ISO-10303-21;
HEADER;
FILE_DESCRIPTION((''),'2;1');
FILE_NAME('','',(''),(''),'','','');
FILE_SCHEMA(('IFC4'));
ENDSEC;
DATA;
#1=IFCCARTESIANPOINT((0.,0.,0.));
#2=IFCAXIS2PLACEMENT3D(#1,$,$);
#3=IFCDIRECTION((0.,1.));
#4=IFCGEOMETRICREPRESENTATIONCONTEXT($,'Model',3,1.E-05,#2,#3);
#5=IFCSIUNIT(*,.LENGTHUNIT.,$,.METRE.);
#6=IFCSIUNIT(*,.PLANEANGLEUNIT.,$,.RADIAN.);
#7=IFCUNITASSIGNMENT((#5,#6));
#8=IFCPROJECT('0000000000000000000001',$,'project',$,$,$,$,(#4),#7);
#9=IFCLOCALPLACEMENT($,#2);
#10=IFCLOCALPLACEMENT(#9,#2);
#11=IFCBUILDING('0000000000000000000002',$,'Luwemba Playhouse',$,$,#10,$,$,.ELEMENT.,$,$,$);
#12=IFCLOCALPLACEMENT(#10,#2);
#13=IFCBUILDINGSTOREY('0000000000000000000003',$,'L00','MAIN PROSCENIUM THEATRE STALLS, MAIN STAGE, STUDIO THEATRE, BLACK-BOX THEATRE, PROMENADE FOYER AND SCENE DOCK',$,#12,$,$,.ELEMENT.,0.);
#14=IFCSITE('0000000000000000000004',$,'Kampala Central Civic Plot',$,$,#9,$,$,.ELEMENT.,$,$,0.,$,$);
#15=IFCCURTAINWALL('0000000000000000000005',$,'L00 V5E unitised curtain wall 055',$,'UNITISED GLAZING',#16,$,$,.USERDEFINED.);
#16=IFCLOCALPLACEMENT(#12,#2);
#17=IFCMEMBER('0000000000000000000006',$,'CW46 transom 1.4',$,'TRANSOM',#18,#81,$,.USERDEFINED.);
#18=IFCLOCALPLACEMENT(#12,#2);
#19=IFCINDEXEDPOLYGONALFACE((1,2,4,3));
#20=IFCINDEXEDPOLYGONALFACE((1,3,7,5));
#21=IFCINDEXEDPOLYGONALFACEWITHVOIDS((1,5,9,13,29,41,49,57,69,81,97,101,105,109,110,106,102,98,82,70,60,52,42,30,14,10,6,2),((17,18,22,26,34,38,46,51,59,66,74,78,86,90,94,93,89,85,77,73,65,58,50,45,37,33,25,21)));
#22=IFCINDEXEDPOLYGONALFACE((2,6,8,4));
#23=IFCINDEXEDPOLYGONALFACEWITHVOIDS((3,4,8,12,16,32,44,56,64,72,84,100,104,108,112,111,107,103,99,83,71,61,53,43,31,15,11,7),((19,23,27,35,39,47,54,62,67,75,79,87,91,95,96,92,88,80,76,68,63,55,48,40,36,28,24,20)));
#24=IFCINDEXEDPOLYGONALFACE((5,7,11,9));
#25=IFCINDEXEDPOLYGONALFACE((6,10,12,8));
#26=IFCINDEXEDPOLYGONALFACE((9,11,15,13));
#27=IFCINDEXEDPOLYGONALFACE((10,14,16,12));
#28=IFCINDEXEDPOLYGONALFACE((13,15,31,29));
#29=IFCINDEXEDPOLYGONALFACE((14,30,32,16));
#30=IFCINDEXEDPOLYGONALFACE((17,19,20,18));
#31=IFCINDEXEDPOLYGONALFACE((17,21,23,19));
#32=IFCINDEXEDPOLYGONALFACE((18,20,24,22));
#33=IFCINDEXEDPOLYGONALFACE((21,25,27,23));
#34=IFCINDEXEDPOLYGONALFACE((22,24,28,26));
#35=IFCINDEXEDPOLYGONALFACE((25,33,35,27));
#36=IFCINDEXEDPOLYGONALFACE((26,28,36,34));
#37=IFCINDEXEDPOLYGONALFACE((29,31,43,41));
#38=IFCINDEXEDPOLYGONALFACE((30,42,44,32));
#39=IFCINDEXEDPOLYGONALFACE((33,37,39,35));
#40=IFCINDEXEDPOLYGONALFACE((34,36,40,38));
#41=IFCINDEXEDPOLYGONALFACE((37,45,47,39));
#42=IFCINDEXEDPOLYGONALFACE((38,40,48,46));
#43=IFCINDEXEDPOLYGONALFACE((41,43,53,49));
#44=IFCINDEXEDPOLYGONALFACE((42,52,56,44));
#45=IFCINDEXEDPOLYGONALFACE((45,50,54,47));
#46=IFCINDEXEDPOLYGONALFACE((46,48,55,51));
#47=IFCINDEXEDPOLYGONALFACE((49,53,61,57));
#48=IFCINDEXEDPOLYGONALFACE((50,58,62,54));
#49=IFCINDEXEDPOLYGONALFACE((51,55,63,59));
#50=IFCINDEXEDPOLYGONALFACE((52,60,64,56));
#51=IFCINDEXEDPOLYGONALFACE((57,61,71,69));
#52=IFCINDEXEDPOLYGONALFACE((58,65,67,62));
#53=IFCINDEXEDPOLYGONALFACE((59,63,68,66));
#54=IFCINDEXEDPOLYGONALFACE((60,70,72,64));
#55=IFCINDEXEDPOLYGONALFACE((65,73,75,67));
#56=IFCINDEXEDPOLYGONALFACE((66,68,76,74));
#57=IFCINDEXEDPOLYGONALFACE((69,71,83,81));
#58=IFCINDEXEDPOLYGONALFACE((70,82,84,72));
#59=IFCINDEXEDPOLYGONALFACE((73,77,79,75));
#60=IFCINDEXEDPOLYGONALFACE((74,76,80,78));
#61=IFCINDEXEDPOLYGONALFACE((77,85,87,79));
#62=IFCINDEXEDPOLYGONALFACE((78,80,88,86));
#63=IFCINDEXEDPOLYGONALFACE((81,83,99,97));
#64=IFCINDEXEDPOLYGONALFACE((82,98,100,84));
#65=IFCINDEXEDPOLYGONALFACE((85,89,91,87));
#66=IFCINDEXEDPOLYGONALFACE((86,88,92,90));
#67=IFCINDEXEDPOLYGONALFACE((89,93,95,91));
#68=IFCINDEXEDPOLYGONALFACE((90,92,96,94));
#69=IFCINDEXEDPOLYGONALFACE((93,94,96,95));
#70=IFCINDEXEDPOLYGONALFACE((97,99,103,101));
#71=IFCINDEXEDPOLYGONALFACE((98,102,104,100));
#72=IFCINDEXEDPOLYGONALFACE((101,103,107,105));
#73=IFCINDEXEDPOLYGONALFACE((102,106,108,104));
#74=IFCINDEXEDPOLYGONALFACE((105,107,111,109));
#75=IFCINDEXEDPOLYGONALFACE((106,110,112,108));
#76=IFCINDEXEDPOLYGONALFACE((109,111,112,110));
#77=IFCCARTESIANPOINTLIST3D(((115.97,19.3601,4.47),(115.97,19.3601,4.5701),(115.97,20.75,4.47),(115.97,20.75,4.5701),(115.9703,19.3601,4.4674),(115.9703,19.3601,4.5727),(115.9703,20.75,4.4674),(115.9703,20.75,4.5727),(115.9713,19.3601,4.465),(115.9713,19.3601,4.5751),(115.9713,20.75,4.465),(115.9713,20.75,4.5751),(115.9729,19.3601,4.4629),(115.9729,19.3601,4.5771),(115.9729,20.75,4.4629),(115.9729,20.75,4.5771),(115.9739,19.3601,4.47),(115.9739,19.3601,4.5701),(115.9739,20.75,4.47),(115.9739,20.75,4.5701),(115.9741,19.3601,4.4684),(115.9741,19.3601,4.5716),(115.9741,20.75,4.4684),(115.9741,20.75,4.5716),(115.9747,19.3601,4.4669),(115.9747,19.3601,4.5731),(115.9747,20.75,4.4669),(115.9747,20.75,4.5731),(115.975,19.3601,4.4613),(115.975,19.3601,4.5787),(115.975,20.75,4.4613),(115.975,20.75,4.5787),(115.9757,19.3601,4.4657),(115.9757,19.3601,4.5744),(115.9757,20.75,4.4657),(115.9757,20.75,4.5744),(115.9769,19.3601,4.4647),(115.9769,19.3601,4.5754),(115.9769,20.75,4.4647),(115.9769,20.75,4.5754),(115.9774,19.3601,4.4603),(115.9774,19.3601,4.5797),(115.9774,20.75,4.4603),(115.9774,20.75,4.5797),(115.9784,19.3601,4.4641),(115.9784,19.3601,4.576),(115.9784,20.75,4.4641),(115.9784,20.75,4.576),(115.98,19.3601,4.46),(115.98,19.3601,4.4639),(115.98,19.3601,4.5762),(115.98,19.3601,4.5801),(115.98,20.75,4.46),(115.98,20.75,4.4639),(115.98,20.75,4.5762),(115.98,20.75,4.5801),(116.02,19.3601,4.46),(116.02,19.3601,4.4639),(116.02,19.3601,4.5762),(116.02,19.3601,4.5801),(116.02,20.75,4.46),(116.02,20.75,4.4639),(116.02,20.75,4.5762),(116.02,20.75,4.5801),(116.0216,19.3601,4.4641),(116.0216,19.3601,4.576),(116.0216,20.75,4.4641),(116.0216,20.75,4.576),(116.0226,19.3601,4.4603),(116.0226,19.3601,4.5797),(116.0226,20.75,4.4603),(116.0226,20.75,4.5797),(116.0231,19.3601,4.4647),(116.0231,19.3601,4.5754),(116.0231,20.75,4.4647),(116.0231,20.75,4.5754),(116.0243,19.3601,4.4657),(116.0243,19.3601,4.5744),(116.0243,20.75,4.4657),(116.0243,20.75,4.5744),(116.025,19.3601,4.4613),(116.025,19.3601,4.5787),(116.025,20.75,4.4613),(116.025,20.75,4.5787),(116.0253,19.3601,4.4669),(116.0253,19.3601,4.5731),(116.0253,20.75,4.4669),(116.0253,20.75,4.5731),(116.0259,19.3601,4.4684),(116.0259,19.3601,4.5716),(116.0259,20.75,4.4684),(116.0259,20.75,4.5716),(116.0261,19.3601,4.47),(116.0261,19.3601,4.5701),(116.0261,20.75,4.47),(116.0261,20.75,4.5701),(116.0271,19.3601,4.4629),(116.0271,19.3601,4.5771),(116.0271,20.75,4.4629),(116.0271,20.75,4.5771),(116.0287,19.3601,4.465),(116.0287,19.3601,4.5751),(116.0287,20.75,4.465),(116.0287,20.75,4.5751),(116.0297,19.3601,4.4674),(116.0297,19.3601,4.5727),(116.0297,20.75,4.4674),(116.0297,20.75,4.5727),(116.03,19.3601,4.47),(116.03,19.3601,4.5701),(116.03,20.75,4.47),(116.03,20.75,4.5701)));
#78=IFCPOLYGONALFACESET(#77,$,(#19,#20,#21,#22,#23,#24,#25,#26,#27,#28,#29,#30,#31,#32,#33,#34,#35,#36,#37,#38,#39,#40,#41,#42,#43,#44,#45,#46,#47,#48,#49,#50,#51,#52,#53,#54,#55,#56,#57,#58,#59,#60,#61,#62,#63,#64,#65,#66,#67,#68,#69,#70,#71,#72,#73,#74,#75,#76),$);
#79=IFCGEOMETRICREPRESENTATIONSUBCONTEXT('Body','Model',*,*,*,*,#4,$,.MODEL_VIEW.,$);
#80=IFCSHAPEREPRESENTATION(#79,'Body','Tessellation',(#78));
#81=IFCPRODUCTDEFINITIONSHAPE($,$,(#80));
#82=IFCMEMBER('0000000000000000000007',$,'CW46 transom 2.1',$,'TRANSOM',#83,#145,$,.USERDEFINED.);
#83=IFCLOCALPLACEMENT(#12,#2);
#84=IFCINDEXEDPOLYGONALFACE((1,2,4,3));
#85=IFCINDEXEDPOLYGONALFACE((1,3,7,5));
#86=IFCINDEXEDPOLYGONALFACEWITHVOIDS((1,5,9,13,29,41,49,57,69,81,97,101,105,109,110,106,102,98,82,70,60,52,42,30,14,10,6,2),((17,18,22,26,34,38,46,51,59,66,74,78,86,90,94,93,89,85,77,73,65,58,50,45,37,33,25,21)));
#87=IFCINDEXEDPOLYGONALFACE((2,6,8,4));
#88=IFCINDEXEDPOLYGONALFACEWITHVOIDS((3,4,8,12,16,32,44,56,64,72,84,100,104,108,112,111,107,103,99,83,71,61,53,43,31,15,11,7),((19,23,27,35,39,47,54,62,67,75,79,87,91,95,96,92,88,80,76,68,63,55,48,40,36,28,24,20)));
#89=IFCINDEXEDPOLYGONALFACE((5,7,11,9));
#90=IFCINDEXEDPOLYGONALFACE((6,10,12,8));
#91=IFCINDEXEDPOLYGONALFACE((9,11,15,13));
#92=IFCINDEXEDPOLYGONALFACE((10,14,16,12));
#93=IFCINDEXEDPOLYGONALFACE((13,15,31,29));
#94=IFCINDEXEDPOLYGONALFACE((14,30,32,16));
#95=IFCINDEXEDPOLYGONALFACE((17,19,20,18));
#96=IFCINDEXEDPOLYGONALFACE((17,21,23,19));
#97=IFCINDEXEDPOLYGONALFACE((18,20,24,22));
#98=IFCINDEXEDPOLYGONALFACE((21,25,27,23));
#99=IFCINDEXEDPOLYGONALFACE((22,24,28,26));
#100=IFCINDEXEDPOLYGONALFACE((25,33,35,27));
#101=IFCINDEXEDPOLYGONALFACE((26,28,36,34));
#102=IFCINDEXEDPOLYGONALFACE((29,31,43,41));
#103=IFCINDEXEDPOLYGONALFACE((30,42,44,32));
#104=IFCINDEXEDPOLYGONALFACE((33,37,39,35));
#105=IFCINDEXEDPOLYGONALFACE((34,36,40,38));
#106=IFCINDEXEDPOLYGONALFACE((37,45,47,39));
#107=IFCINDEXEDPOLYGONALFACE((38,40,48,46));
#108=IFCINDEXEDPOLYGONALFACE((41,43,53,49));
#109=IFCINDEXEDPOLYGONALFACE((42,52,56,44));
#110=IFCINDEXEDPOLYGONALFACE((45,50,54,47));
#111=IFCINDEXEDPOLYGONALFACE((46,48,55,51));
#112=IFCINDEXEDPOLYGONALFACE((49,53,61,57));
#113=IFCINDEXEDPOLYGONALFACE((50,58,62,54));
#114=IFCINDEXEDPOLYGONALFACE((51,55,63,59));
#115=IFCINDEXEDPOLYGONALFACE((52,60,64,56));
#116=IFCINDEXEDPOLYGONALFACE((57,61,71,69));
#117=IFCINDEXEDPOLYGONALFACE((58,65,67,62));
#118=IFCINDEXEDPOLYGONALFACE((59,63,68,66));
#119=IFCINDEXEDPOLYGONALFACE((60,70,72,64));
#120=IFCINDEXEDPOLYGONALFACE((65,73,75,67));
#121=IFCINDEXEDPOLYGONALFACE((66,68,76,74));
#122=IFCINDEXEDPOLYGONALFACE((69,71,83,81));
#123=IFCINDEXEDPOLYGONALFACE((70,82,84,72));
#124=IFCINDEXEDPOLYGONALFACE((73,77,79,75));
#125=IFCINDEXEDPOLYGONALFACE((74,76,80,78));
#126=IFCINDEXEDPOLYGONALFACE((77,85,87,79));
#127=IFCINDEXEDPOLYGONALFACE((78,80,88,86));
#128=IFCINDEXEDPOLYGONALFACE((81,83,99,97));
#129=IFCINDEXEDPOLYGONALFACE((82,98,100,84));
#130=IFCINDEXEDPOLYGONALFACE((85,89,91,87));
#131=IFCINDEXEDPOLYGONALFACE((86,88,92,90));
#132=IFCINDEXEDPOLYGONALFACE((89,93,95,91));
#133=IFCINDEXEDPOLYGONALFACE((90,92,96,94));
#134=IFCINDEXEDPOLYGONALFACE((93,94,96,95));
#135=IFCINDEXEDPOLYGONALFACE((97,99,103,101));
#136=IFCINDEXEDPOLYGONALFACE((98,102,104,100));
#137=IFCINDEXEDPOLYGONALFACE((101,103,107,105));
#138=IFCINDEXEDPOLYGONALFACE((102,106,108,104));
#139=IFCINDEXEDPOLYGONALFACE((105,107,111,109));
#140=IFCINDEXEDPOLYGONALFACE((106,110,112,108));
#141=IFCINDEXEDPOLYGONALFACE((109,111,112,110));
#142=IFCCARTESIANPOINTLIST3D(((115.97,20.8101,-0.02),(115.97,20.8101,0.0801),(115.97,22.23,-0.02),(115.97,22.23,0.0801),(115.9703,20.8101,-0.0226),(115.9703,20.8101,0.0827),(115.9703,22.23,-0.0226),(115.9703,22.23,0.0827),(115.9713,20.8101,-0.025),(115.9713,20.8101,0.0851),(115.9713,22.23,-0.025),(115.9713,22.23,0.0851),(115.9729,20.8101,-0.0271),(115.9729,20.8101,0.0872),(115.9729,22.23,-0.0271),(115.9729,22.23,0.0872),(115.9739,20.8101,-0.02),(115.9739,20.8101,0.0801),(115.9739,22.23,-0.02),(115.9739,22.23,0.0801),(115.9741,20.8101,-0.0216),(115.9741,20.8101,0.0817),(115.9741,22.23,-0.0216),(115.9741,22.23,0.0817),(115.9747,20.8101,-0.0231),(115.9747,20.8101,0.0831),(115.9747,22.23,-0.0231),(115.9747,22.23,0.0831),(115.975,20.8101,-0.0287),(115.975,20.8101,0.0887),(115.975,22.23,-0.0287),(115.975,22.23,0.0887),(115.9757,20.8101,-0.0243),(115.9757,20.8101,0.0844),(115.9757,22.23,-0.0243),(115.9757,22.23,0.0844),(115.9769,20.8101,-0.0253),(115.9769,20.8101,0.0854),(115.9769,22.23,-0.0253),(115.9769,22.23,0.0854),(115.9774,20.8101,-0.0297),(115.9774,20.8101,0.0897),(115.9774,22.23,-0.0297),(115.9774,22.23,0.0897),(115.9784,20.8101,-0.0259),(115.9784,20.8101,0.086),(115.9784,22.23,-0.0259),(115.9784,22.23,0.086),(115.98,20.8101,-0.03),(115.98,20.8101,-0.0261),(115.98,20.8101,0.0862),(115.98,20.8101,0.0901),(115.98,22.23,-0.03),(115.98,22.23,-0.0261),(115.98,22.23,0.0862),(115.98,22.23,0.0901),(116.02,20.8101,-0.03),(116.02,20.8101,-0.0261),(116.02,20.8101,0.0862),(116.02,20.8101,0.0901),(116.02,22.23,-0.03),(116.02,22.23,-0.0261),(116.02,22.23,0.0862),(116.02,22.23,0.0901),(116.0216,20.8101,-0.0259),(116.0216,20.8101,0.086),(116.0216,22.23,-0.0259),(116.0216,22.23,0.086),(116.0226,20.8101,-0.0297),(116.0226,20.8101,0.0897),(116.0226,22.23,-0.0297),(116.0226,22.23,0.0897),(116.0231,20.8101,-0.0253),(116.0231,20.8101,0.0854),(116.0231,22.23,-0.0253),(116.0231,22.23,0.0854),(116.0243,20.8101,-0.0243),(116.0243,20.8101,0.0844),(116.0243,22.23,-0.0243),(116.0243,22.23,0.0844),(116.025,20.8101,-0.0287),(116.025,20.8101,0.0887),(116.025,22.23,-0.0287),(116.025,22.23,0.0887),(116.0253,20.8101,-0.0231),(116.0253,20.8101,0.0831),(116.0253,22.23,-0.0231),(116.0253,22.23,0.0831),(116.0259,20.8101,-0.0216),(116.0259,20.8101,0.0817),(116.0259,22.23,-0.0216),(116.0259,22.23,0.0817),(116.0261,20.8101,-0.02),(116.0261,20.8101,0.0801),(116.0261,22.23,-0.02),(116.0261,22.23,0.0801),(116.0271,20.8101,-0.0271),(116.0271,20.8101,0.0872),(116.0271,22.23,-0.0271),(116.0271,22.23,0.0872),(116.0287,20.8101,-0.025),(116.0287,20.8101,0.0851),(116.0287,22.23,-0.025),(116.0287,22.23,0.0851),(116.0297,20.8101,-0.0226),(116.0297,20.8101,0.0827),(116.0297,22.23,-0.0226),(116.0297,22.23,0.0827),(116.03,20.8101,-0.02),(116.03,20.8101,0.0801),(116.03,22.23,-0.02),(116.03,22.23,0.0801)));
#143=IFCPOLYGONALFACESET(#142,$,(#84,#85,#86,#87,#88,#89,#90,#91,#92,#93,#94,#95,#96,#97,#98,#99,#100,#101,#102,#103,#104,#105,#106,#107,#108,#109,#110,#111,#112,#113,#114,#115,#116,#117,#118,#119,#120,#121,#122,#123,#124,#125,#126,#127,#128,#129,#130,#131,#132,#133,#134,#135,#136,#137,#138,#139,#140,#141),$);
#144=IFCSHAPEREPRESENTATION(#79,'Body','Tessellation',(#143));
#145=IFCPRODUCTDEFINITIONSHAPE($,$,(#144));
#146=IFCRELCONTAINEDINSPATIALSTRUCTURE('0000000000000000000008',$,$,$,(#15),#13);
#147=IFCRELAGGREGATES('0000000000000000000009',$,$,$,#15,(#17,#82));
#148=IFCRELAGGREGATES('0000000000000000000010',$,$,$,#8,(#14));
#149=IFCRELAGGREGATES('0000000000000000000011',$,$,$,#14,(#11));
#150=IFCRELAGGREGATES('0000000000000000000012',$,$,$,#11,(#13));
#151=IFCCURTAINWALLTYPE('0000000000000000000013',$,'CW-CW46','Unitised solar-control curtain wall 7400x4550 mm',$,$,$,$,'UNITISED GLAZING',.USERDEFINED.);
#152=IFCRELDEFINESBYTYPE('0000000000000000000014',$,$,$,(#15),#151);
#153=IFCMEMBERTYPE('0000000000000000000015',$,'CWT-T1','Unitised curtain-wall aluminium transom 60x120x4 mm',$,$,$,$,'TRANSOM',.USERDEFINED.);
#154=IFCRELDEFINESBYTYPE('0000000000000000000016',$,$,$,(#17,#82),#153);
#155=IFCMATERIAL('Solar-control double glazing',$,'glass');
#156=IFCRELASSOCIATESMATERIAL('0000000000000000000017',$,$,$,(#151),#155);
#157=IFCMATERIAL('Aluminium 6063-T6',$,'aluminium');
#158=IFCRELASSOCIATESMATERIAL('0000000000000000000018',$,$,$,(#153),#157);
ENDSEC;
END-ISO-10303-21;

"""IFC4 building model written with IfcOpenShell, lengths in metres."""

from ifc_helpers import new_model, si_unit, direction, frame, origin, origin_2d, place, context, subcontext, project, spatial, hollow_rectangle, extrude, material, material_profile, profile_set, type_object, element, aggregate, save


model = new_model("IFC4")

# Units and contexts
model_context = context("Model", 3, precision=1e-05, world=origin(), true_north=direction((0.0, 1.0)))
body_context = subcontext(model_context, "Body", "Model", "MODEL_VIEW")
ifc_project = project(units=[si_unit("LENGTHUNIT", "METRE"), si_unit("PLANEANGLEUNIT", "RADIAN")], contexts=[model_context])

# Site, building, storey
site_placement = place(None, origin())
site = spatial("IfcSite", under=ifc_project, at=site_placement, Name="Kampala Central Civic Plot", CompositionType="ELEMENT", RefElevation=0.0)
building_placement = place(site_placement, origin())
building = spatial("IfcBuilding", under=site, at=building_placement, Name="Luwemba Playhouse", CompositionType="ELEMENT")
storey_placement = place(building_placement, origin())
storey = spatial("IfcBuildingStorey", under=building, at=storey_placement, Name="L00", Description="MAIN PROSCENIUM THEATRE STALLS, MAIN STAGE, STUDIO THEATRE, BLACK-BOX THEATRE, PROMENADE FOYER AND SCENE DOCK", CompositionType="ELEMENT", Elevation=0.0)

# Curtain wall
ifc_material_1 = material(Name="Solar-control double glazing", Category="glass")
curtain_wall_type_1 = type_object("IfcCurtainWallType", Name="CW-CW46", Description="Unitised solar-control curtain wall 7400x4550 mm", ElementType="UNITISED GLAZING", PredefinedType="USERDEFINED", material=ifc_material_1)
curtain_wall_1_placement = place(storey_placement, origin())
curtain_wall_1 = element("IfcCurtainWall", 1, at=curtain_wall_1_placement, inside=storey, type_object=curtain_wall_type_1, Name="L00 V5E unitised curtain wall 055", ObjectType="UNITISED GLAZING", PredefinedType="USERDEFINED")
ifc_material_2 = material(Name="Aluminium 6063-T6", Category="aluminium")

# Members
ifc_material_profile_1 = material_profile(ifc_material_2, hollow_rectangle(XDim=0.0601, YDim=0.1201, WallThickness=0.0039, InnerFilletRadius=0.0061, OuterFilletRadius=0.01, at=origin_2d()))
ifc_profile_set_1 = profile_set([ifc_material_profile_1], Name="Aluminium 6063-T6")
member_type_1 = type_object("IfcMemberType", Name="CWT-T1", Description="Unitised curtain-wall aluminium transom 60x120x4 mm", ElementType="TRANSOM", PredefinedType="USERDEFINED", material=ifc_profile_set_1)
member_1_placement = place(storey_placement, frame((116.0, 19.3601, 4.52), z_axis=(0.0, 1.0, 0.0), x_axis=(-1.0, 0.0, 0.0)))
member_1 = element("IfcMember", 2, at=member_1_placement, type_object=member_type_1, Name="CW46 transom 1.4", ObjectType="TRANSOM", PredefinedType="USERDEFINED", context=body_context, shape_type="SweptSolid", body=[
    extrude(hollow_rectangle(XDim=0.0601, YDim=0.1201, WallThickness=0.0039, InnerFilletRadius=0.0061, OuterFilletRadius=0.01, at=origin_2d()), origin(), (0.0, 0.0, 1.0), 1.3899),
])
member_2_placement = place(storey_placement, frame((116.0, 20.8101, 0.03), z_axis=(0.0, 1.0, 0.0), x_axis=(-1.0, 0.0, 0.0)))
member_2 = element("IfcMember", 3, at=member_2_placement, type_object=member_type_1, Name="CW46 transom 2.1", ObjectType="TRANSOM", PredefinedType="USERDEFINED", context=body_context, shape_type="SweptSolid", body=[
    extrude(hollow_rectangle(XDim=0.0601, YDim=0.1201, WallThickness=0.0039, InnerFilletRadius=0.0061, OuterFilletRadius=0.01, at=origin_2d()), origin(), (0.0, 0.0, 1.0), 1.4199),
])

aggregate(curtain_wall_1, [member_1, member_2])

save(model, "model.ifc")
